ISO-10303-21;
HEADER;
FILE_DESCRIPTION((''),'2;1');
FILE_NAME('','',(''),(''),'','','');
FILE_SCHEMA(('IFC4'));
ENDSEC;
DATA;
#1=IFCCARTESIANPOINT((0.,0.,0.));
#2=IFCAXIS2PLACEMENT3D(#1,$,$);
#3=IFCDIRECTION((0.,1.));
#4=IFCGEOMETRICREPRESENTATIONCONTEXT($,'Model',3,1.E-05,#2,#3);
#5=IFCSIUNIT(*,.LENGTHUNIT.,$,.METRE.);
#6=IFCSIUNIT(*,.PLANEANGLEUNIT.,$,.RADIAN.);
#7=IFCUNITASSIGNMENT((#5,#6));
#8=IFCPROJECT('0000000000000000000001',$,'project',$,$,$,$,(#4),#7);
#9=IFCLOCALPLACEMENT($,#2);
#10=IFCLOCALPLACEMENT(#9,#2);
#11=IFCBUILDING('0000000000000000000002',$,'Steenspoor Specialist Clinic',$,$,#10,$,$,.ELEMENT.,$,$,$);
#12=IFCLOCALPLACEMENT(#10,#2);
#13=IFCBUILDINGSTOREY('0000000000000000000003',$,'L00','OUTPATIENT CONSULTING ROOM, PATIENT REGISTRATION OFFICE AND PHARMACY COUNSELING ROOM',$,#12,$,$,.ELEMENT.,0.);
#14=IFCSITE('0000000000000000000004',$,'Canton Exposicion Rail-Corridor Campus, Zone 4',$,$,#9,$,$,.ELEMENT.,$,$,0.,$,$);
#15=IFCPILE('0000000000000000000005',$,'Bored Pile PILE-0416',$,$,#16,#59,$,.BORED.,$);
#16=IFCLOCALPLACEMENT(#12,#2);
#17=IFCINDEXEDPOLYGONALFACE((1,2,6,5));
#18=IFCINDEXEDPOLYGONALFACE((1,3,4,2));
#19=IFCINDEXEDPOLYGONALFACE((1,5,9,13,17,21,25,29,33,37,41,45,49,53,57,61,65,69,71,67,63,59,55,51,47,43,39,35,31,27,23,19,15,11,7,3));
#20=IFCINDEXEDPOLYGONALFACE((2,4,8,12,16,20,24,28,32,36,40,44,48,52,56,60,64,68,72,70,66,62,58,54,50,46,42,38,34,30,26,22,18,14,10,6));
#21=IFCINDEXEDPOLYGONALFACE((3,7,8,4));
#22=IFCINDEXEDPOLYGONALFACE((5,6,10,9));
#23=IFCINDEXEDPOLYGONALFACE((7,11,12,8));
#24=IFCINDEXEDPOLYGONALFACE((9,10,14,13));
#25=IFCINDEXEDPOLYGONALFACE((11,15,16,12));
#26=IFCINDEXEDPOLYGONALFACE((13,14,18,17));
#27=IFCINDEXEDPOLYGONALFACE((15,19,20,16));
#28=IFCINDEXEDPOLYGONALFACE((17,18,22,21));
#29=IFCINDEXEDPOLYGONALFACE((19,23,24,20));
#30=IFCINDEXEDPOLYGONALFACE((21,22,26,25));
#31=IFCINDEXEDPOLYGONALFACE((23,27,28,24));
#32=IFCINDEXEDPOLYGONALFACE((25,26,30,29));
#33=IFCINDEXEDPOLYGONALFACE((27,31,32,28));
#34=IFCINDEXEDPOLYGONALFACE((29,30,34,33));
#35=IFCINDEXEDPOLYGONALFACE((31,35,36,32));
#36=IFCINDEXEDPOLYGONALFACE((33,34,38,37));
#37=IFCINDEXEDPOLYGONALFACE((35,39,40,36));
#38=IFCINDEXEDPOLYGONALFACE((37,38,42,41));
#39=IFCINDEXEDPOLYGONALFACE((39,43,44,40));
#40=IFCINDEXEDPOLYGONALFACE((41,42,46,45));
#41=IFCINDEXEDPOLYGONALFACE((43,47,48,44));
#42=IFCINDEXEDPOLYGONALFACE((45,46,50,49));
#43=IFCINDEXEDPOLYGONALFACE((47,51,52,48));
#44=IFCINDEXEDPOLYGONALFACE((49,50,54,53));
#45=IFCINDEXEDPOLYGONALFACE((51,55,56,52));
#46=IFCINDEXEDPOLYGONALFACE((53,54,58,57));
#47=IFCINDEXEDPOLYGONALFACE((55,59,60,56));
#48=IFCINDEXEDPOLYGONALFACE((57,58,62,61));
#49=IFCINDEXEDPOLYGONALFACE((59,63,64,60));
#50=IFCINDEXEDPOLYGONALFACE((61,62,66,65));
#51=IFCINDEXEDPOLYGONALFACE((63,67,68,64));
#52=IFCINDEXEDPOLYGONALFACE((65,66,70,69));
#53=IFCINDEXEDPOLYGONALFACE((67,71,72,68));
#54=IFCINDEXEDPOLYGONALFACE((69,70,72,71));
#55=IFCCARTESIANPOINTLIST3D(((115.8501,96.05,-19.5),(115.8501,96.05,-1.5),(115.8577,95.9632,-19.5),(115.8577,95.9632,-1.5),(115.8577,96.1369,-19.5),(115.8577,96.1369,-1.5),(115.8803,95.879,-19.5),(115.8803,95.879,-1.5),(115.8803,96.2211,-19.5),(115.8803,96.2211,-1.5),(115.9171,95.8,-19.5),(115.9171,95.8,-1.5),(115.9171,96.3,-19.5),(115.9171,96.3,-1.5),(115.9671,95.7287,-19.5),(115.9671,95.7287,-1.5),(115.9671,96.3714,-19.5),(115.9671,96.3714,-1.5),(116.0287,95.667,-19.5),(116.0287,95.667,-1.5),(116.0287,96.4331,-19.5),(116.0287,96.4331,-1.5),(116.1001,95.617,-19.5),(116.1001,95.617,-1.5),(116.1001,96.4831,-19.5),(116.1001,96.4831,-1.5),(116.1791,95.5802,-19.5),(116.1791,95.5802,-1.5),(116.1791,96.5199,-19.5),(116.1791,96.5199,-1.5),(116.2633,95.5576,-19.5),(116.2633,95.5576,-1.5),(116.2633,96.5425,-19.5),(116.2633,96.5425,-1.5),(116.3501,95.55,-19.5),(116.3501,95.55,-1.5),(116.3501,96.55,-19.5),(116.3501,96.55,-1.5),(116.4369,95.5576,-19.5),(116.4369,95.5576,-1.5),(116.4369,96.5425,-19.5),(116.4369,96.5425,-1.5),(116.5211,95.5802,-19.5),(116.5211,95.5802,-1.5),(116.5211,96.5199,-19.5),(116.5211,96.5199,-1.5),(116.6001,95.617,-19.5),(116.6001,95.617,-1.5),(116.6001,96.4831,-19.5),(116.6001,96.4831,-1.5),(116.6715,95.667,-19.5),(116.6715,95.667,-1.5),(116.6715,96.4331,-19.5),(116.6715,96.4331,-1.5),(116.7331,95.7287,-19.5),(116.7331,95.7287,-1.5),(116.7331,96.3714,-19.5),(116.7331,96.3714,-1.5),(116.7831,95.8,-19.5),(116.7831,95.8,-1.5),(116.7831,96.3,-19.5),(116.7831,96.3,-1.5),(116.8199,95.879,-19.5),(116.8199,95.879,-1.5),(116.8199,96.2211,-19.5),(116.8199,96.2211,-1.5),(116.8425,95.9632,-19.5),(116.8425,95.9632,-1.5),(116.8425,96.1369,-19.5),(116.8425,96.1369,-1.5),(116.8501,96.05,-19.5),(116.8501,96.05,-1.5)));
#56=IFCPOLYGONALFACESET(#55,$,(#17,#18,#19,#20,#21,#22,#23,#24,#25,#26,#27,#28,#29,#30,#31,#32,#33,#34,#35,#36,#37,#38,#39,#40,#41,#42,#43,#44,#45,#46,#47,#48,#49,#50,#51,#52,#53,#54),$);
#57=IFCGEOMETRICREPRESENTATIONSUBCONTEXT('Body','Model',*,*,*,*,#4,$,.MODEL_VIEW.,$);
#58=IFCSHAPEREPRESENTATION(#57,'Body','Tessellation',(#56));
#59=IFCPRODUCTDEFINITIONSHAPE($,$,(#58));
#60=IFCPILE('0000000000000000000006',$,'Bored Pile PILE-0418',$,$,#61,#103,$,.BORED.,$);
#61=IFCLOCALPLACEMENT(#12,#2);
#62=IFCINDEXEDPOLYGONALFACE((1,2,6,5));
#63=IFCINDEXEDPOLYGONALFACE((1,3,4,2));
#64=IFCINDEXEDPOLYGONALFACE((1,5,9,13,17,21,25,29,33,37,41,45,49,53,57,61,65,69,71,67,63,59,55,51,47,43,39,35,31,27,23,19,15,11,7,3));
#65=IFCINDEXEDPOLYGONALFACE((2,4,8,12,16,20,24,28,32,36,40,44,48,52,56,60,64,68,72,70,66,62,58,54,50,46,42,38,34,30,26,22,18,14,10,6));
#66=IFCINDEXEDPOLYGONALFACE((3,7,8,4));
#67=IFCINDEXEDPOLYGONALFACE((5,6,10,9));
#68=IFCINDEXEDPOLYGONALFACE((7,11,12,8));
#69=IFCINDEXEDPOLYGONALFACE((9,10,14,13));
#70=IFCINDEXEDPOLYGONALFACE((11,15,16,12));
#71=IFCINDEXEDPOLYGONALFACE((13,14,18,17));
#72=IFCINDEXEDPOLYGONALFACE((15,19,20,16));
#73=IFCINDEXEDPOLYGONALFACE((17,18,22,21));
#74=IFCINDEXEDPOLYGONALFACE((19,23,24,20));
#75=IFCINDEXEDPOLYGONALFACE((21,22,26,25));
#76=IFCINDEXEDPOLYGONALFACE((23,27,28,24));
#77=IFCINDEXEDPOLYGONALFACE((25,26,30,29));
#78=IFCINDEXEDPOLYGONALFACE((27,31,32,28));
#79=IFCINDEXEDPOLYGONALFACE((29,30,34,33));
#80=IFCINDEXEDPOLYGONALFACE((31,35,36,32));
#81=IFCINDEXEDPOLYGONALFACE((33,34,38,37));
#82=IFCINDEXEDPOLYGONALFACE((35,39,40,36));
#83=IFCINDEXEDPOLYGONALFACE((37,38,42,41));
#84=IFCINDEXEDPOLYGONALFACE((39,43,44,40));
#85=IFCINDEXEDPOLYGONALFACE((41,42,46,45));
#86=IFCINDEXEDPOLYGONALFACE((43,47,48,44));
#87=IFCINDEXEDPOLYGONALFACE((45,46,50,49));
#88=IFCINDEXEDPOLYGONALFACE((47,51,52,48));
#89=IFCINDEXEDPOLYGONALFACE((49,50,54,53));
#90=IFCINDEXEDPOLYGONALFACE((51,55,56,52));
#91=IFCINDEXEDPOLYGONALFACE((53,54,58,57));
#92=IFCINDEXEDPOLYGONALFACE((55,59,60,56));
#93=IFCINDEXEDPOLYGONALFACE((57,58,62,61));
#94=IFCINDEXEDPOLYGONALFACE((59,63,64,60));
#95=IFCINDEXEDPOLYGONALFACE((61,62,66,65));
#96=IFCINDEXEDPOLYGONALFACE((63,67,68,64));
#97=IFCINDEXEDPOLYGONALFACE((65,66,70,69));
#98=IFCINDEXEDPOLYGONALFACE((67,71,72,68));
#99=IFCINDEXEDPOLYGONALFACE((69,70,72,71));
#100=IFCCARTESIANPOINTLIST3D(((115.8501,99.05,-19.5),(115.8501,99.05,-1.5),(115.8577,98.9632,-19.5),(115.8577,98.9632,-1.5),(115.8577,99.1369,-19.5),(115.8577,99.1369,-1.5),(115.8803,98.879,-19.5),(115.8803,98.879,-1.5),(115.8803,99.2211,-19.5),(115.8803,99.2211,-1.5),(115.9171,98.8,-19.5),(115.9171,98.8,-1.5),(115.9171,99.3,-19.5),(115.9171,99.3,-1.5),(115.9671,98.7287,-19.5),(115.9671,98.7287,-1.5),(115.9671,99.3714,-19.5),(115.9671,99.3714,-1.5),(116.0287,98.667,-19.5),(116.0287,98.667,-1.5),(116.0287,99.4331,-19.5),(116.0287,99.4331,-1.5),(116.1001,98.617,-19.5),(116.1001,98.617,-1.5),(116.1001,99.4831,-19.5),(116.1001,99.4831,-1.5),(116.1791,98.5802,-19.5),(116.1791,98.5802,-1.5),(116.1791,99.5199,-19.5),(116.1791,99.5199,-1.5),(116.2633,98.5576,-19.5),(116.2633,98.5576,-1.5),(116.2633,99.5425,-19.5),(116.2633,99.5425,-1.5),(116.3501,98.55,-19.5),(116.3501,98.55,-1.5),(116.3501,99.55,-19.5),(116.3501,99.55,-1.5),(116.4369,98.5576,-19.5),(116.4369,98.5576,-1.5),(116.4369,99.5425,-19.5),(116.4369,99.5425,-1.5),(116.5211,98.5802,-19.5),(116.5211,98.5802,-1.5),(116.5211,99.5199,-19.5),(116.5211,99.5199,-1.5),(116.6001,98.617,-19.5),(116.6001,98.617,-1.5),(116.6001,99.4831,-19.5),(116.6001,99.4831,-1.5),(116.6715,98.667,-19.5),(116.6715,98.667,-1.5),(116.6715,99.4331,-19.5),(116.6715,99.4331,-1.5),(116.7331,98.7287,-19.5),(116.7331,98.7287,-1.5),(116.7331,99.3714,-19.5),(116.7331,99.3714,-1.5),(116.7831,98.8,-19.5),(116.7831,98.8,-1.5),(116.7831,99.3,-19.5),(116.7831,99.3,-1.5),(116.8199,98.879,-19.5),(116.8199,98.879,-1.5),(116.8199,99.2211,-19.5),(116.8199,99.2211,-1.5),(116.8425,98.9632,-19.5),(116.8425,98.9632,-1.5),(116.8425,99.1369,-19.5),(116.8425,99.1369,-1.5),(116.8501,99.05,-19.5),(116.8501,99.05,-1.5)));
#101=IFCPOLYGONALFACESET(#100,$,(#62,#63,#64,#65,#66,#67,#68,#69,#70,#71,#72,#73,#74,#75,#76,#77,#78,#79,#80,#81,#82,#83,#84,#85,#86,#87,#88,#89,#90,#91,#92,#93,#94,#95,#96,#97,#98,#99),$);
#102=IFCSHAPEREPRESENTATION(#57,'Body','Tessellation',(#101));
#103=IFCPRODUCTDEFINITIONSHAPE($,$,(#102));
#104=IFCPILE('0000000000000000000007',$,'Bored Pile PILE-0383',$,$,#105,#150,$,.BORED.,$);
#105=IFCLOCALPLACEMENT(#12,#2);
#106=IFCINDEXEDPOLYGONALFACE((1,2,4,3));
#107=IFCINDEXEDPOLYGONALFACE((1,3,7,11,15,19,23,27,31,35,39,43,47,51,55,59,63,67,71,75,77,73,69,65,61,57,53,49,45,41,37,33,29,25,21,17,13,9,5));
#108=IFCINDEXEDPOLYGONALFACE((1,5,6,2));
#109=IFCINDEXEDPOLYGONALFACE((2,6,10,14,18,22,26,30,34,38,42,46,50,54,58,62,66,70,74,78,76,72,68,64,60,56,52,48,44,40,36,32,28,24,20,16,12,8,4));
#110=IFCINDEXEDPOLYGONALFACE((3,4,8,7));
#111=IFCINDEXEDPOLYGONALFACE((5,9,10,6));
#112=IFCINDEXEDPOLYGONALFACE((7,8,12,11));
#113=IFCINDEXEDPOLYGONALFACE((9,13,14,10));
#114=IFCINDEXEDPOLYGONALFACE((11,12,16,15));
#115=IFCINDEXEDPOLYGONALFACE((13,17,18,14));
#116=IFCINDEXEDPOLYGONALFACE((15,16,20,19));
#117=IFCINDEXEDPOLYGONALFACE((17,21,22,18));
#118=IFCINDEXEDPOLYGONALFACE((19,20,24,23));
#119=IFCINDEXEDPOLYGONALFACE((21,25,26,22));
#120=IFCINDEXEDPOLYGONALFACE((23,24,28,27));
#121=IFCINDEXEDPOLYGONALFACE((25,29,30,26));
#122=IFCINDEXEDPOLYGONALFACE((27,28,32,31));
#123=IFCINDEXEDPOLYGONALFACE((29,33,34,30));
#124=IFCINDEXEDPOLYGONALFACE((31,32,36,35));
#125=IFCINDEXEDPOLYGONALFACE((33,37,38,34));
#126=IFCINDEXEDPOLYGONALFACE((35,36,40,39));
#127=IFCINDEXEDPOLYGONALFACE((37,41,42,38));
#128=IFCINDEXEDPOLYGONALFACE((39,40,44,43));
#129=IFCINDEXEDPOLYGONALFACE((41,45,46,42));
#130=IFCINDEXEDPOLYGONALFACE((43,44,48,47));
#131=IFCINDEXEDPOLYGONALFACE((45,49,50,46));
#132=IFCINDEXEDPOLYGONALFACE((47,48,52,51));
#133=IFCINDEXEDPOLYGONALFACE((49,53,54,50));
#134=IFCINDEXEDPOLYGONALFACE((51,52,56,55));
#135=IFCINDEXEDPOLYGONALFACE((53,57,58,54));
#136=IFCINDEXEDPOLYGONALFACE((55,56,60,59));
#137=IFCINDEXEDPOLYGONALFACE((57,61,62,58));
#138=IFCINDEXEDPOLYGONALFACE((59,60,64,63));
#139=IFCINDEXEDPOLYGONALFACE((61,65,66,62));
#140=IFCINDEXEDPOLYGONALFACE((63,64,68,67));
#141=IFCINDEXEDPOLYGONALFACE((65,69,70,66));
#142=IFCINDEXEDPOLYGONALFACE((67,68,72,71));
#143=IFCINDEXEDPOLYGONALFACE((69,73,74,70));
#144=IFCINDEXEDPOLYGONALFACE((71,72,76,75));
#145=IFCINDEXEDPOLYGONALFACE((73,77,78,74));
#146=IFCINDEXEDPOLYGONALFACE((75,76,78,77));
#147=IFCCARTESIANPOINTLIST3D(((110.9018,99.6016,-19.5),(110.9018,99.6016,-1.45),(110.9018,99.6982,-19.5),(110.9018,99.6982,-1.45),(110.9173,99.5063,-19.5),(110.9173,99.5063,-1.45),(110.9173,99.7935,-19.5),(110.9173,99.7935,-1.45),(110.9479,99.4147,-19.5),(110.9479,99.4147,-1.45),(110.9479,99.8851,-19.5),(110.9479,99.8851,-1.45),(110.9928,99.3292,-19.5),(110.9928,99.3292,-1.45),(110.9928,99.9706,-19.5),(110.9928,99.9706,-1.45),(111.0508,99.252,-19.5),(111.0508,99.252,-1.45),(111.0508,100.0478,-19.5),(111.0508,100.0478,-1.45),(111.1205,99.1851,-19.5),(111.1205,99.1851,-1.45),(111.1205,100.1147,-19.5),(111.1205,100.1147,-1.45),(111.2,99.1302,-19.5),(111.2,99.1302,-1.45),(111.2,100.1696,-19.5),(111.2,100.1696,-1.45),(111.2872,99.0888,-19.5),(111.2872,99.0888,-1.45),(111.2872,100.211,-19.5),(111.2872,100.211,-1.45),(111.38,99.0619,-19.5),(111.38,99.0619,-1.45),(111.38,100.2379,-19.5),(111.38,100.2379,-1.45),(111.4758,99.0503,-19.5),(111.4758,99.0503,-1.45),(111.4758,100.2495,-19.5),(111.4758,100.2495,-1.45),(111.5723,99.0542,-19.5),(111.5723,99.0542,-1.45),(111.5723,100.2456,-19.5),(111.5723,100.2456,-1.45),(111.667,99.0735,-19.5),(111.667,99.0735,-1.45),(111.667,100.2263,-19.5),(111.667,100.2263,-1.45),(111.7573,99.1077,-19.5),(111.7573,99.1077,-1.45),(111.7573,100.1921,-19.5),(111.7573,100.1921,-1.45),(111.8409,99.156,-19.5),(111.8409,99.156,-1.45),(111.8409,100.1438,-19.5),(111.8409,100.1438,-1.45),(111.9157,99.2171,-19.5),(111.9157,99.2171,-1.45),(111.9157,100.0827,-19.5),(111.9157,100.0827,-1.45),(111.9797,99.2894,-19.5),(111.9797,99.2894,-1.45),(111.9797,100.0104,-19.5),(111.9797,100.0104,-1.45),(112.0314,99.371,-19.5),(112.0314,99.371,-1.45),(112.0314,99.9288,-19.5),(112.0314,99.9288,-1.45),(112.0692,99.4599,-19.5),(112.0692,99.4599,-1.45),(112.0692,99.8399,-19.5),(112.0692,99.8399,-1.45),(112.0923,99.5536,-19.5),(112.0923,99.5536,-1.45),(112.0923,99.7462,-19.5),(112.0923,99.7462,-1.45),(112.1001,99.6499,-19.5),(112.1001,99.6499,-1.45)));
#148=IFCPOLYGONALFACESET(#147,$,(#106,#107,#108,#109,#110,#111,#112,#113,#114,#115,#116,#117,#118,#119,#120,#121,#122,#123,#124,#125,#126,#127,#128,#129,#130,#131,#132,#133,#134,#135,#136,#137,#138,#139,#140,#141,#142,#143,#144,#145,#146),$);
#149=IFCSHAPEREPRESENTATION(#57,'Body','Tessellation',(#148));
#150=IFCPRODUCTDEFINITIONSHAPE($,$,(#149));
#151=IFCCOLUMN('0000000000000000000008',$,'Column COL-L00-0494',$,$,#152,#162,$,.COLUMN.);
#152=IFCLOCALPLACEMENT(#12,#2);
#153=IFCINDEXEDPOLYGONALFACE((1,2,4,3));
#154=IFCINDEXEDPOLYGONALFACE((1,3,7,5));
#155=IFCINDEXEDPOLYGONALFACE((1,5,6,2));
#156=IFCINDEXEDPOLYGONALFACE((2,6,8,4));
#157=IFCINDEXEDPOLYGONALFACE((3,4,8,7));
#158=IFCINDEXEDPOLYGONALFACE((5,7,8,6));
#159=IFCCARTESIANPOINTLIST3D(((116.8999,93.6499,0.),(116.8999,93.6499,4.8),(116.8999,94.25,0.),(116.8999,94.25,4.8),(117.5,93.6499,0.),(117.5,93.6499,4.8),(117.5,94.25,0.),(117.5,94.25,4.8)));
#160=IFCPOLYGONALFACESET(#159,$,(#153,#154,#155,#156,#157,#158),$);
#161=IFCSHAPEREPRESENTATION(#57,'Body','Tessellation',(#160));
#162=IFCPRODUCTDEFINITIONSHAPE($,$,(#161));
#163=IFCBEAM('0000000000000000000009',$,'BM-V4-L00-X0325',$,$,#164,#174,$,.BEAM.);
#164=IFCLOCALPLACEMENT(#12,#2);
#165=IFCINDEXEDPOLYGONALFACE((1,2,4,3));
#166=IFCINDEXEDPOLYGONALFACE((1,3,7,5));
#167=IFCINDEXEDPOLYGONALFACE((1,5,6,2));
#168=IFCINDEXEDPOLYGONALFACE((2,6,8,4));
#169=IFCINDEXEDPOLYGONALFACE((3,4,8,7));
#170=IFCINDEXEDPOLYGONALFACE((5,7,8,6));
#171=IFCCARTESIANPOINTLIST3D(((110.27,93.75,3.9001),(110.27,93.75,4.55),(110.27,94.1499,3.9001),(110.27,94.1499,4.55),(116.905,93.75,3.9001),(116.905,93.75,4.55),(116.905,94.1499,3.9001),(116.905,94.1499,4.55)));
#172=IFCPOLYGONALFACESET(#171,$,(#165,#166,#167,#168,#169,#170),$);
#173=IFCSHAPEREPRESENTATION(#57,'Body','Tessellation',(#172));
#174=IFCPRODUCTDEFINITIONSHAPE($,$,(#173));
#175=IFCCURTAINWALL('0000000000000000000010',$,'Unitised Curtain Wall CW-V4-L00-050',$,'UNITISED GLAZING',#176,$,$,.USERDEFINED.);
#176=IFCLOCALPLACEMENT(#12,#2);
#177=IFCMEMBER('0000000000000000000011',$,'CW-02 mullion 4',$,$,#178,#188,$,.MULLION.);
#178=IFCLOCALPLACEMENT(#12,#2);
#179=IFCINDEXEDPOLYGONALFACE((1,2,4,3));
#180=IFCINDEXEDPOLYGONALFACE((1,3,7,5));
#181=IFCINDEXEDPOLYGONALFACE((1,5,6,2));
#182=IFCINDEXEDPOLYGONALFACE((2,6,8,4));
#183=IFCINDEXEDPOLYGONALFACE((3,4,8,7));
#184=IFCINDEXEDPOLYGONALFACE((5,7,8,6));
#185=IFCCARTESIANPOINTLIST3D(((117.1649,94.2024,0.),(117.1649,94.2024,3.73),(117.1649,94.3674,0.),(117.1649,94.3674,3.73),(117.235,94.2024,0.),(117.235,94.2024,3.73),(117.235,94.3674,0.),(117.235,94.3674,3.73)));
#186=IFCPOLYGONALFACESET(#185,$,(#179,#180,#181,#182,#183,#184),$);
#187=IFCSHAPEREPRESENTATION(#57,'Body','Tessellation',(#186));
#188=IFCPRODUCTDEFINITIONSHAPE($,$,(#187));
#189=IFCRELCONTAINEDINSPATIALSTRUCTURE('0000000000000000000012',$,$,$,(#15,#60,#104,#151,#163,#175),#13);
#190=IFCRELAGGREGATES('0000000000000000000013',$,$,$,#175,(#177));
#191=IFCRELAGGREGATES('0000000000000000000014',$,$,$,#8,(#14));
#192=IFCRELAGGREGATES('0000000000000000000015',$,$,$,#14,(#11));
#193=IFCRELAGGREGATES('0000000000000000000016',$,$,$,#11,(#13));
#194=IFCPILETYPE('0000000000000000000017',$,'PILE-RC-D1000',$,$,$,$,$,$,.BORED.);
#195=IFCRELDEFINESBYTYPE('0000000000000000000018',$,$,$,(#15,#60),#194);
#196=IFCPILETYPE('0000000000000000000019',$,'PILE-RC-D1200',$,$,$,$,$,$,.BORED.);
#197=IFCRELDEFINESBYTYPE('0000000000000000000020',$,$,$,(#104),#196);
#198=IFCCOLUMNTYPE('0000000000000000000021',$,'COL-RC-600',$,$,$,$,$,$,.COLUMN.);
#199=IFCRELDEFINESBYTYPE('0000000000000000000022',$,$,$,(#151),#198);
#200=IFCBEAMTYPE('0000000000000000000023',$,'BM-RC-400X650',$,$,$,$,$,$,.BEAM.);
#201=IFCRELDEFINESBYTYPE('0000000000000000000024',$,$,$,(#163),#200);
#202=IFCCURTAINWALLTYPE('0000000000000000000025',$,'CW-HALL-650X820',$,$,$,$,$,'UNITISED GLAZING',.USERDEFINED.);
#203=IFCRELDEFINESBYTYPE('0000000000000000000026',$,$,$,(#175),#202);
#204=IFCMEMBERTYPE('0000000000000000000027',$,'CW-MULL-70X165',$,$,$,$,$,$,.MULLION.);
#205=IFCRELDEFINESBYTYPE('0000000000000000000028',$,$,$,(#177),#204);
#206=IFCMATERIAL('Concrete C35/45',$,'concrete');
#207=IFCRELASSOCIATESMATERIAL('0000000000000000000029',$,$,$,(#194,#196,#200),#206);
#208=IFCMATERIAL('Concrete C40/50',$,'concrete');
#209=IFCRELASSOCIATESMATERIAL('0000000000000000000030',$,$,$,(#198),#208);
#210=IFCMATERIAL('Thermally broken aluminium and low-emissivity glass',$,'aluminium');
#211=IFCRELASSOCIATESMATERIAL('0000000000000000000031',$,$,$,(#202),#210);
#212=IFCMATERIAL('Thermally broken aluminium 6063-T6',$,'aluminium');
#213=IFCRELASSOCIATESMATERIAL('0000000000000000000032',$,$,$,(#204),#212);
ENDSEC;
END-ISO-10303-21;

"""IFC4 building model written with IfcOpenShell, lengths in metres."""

from ifc_helpers import new_model, si_unit, direction, frame, origin, origin_2d, place, context, subcontext, project, spatial, rectangle, circle, extrude, material, material_profile, profile_set, type_object, element, aggregate, save


model = new_model("IFC4")

# Units and contexts
model_context = context("Model", 3, precision=1e-05, world=origin(), true_north=direction((0.0, 1.0)))
body_context = subcontext(model_context, "Body", "Model", "MODEL_VIEW")
ifc_project = project(units=[si_unit("LENGTHUNIT", "METRE"), si_unit("PLANEANGLEUNIT", "RADIAN")], contexts=[model_context])

# Site, building, storey
site_placement = place(None, origin())
site = spatial("IfcSite", under=ifc_project, at=site_placement, Name="Canton Exposicion Rail-Corridor Campus, Zone 4", CompositionType="ELEMENT", RefElevation=0.0)
building_placement = place(site_placement, origin())
building = spatial("IfcBuilding", under=site, at=building_placement, Name="Steenspoor Specialist Clinic", CompositionType="ELEMENT")
storey_placement = place(building_placement, origin())
storey = spatial("IfcBuildingStorey", under=building, at=storey_placement, Name="L00", Description="OUTPATIENT CONSULTING ROOM, PATIENT REGISTRATION OFFICE AND PHARMACY COUNSELING ROOM", CompositionType="ELEMENT", Elevation=0.0)

# Shared definitions
ifc_material_1 = material(Name="Concrete C35/45", Category="concrete")

# Piles
ifc_material_profile_1 = material_profile(ifc_material_1, circle(Radius=0.5, at=origin_2d()), Name="PILE-D1000")
ifc_profile_set_1 = profile_set([ifc_material_profile_1], Name="Concrete C35/45")
pile_type_1 = type_object("IfcPileType", Name="PILE-RC-D1000", PredefinedType="BORED", material=ifc_profile_set_1)
for number, where, z_axis, x_axis, name in (
    (1, (116.3501, 96.05, -1.5), (0.0, 0.0, -1.0), (1.0, 0.0, 0.0), "Bored Pile PILE-0416"),
    (2, (116.3501, 99.05, -1.5), (0.0, 0.0, -1.0), (1.0, 0.0, 0.0), "Bored Pile PILE-0418"),
):
    element("IfcPile", number, at=place(storey_placement, frame(where, z_axis=z_axis, x_axis=x_axis)), inside=storey, type_object=pile_type_1, Name=name, PredefinedType="BORED", context=body_context, shape_type="SweptSolid", body=[
        extrude(circle(Radius=0.5, at=origin_2d()), origin(), (0.0, 0.0, 1.0), 18.0),
    ])
ifc_material_profile_2 = material_profile(ifc_material_1, circle(Radius=0.6001, at=origin_2d()), Name="PILE-D1200")
ifc_profile_set_2 = profile_set([ifc_material_profile_2], Name="Concrete C35/45")
pile_type_2 = type_object("IfcPileType", Name="PILE-RC-D1200", PredefinedType="BORED", material=ifc_profile_set_2)
pile_placement = place(storey_placement, frame((111.5, 99.6499, -1.45), z_axis=(0.0, 0.0, -1.0), x_axis=(1.0, 0.0, 0.0)))
element("IfcPile", 3, at=pile_placement, inside=storey, type_object=pile_type_2, Name="Bored Pile PILE-0383", PredefinedType="BORED", context=body_context, shape_type="SweptSolid", body=[
    extrude(circle(Radius=0.6001, at=origin_2d()), origin(), (0.0, 0.0, 1.0), 18.05),
])

# Column
ifc_material_2 = material(Name="Concrete C40/50", Category="concrete")
ifc_material_profile_3 = material_profile(ifc_material_2, rectangle(XDim=0.6001, YDim=0.6001, at=origin_2d()), Name="RC-COL-600X600")
ifc_profile_set_3 = profile_set([ifc_material_profile_3], Name="Concrete C40/50")
column_type = type_object("IfcColumnType", Name="COL-RC-600", PredefinedType="COLUMN", material=ifc_profile_set_3)
column_placement = place(storey_placement, frame((117.2, 93.95, 0.0), z_axis=(0.0, 0.0, 1.0), x_axis=(1.0, 0.0, 0.0)))
element("IfcColumn", 4, at=column_placement, inside=storey, type_object=column_type, Name="Column COL-L00-0494", PredefinedType="COLUMN", context=body_context, shape_type="SweptSolid", body=[
    extrude(rectangle(XDim=0.6001, YDim=0.6001, at=origin_2d()), origin(), (0.0, 0.0, 1.0), 4.8),
])

# Beam
ifc_material_profile_4 = material_profile(ifc_material_1, rectangle(XDim=0.3999, YDim=0.6499, at=origin_2d()), Name="RC-BM-400X650")
ifc_profile_set_4 = profile_set([ifc_material_profile_4], Name="Concrete C35/45")
beam_type_1 = type_object("IfcBeamType", Name="BM-RC-400X650", PredefinedType="BEAM", material=ifc_profile_set_4)
beam_1_placement = place(storey_placement, frame((110.27, 93.95, 4.2251), z_axis=(1.0, 0.0, 0.0), x_axis=(0.0, 1.0, 0.0)))
element("IfcBeam", 5, at=beam_1_placement, inside=storey, type_object=beam_type_1, Name="BM-V4-L00-X0325", PredefinedType="BEAM", context=body_context, shape_type="SweptSolid", body=[
    extrude(rectangle(XDim=0.3999, YDim=0.6499, at=origin_2d()), origin(), (0.0, 0.0, 1.0), 6.635),
])

# Curtain wall, member
ifc_material_3 = material(Name="Thermally broken aluminium and low-emissivity glass", Category="aluminium")
curtain_wall_type = type_object("IfcCurtainWallType", Name="CW-HALL-650X820", ElementType="UNITISED GLAZING", PredefinedType="USERDEFINED", material=ifc_material_3)
curtain_wall_placement = place(storey_placement, origin())
curtain_wall = element("IfcCurtainWall", 6, at=curtain_wall_placement, inside=storey, type_object=curtain_wall_type, Name="Unitised Curtain Wall CW-V4-L00-050", ObjectType="UNITISED GLAZING", PredefinedType="USERDEFINED")
ifc_material_4 = material(Name="Thermally broken aluminium 6063-T6", Category="aluminium")
ifc_material_profile_5 = material_profile(ifc_material_4, rectangle(XDim=0.0701, YDim=0.165, at=origin_2d()), Name="CWM-70X165")
ifc_profile_set_5 = profile_set([ifc_material_profile_5], Name="Thermally broken aluminium 6063-T6")
member_type = type_object("IfcMemberType", Name="CW-MULL-70X165", PredefinedType="MULLION", material=ifc_profile_set_5)
member_placement = place(storey_placement, frame((117.2, 94.2849, 0.0), z_axis=(0.0, 0.0, 1.0), x_axis=(1.0, 0.0, 0.0)))
member = element("IfcMember", 7, at=member_placement, type_object=member_type, Name="CW-02 mullion 4", PredefinedType="MULLION", context=body_context, shape_type="SweptSolid", body=[
    extrude(rectangle(XDim=0.0701, YDim=0.165, at=origin_2d()), origin(), (0.0, 0.0, 1.0), 3.73),
])

aggregate(curtain_wall, [member])

save(model, "model.ifc")
